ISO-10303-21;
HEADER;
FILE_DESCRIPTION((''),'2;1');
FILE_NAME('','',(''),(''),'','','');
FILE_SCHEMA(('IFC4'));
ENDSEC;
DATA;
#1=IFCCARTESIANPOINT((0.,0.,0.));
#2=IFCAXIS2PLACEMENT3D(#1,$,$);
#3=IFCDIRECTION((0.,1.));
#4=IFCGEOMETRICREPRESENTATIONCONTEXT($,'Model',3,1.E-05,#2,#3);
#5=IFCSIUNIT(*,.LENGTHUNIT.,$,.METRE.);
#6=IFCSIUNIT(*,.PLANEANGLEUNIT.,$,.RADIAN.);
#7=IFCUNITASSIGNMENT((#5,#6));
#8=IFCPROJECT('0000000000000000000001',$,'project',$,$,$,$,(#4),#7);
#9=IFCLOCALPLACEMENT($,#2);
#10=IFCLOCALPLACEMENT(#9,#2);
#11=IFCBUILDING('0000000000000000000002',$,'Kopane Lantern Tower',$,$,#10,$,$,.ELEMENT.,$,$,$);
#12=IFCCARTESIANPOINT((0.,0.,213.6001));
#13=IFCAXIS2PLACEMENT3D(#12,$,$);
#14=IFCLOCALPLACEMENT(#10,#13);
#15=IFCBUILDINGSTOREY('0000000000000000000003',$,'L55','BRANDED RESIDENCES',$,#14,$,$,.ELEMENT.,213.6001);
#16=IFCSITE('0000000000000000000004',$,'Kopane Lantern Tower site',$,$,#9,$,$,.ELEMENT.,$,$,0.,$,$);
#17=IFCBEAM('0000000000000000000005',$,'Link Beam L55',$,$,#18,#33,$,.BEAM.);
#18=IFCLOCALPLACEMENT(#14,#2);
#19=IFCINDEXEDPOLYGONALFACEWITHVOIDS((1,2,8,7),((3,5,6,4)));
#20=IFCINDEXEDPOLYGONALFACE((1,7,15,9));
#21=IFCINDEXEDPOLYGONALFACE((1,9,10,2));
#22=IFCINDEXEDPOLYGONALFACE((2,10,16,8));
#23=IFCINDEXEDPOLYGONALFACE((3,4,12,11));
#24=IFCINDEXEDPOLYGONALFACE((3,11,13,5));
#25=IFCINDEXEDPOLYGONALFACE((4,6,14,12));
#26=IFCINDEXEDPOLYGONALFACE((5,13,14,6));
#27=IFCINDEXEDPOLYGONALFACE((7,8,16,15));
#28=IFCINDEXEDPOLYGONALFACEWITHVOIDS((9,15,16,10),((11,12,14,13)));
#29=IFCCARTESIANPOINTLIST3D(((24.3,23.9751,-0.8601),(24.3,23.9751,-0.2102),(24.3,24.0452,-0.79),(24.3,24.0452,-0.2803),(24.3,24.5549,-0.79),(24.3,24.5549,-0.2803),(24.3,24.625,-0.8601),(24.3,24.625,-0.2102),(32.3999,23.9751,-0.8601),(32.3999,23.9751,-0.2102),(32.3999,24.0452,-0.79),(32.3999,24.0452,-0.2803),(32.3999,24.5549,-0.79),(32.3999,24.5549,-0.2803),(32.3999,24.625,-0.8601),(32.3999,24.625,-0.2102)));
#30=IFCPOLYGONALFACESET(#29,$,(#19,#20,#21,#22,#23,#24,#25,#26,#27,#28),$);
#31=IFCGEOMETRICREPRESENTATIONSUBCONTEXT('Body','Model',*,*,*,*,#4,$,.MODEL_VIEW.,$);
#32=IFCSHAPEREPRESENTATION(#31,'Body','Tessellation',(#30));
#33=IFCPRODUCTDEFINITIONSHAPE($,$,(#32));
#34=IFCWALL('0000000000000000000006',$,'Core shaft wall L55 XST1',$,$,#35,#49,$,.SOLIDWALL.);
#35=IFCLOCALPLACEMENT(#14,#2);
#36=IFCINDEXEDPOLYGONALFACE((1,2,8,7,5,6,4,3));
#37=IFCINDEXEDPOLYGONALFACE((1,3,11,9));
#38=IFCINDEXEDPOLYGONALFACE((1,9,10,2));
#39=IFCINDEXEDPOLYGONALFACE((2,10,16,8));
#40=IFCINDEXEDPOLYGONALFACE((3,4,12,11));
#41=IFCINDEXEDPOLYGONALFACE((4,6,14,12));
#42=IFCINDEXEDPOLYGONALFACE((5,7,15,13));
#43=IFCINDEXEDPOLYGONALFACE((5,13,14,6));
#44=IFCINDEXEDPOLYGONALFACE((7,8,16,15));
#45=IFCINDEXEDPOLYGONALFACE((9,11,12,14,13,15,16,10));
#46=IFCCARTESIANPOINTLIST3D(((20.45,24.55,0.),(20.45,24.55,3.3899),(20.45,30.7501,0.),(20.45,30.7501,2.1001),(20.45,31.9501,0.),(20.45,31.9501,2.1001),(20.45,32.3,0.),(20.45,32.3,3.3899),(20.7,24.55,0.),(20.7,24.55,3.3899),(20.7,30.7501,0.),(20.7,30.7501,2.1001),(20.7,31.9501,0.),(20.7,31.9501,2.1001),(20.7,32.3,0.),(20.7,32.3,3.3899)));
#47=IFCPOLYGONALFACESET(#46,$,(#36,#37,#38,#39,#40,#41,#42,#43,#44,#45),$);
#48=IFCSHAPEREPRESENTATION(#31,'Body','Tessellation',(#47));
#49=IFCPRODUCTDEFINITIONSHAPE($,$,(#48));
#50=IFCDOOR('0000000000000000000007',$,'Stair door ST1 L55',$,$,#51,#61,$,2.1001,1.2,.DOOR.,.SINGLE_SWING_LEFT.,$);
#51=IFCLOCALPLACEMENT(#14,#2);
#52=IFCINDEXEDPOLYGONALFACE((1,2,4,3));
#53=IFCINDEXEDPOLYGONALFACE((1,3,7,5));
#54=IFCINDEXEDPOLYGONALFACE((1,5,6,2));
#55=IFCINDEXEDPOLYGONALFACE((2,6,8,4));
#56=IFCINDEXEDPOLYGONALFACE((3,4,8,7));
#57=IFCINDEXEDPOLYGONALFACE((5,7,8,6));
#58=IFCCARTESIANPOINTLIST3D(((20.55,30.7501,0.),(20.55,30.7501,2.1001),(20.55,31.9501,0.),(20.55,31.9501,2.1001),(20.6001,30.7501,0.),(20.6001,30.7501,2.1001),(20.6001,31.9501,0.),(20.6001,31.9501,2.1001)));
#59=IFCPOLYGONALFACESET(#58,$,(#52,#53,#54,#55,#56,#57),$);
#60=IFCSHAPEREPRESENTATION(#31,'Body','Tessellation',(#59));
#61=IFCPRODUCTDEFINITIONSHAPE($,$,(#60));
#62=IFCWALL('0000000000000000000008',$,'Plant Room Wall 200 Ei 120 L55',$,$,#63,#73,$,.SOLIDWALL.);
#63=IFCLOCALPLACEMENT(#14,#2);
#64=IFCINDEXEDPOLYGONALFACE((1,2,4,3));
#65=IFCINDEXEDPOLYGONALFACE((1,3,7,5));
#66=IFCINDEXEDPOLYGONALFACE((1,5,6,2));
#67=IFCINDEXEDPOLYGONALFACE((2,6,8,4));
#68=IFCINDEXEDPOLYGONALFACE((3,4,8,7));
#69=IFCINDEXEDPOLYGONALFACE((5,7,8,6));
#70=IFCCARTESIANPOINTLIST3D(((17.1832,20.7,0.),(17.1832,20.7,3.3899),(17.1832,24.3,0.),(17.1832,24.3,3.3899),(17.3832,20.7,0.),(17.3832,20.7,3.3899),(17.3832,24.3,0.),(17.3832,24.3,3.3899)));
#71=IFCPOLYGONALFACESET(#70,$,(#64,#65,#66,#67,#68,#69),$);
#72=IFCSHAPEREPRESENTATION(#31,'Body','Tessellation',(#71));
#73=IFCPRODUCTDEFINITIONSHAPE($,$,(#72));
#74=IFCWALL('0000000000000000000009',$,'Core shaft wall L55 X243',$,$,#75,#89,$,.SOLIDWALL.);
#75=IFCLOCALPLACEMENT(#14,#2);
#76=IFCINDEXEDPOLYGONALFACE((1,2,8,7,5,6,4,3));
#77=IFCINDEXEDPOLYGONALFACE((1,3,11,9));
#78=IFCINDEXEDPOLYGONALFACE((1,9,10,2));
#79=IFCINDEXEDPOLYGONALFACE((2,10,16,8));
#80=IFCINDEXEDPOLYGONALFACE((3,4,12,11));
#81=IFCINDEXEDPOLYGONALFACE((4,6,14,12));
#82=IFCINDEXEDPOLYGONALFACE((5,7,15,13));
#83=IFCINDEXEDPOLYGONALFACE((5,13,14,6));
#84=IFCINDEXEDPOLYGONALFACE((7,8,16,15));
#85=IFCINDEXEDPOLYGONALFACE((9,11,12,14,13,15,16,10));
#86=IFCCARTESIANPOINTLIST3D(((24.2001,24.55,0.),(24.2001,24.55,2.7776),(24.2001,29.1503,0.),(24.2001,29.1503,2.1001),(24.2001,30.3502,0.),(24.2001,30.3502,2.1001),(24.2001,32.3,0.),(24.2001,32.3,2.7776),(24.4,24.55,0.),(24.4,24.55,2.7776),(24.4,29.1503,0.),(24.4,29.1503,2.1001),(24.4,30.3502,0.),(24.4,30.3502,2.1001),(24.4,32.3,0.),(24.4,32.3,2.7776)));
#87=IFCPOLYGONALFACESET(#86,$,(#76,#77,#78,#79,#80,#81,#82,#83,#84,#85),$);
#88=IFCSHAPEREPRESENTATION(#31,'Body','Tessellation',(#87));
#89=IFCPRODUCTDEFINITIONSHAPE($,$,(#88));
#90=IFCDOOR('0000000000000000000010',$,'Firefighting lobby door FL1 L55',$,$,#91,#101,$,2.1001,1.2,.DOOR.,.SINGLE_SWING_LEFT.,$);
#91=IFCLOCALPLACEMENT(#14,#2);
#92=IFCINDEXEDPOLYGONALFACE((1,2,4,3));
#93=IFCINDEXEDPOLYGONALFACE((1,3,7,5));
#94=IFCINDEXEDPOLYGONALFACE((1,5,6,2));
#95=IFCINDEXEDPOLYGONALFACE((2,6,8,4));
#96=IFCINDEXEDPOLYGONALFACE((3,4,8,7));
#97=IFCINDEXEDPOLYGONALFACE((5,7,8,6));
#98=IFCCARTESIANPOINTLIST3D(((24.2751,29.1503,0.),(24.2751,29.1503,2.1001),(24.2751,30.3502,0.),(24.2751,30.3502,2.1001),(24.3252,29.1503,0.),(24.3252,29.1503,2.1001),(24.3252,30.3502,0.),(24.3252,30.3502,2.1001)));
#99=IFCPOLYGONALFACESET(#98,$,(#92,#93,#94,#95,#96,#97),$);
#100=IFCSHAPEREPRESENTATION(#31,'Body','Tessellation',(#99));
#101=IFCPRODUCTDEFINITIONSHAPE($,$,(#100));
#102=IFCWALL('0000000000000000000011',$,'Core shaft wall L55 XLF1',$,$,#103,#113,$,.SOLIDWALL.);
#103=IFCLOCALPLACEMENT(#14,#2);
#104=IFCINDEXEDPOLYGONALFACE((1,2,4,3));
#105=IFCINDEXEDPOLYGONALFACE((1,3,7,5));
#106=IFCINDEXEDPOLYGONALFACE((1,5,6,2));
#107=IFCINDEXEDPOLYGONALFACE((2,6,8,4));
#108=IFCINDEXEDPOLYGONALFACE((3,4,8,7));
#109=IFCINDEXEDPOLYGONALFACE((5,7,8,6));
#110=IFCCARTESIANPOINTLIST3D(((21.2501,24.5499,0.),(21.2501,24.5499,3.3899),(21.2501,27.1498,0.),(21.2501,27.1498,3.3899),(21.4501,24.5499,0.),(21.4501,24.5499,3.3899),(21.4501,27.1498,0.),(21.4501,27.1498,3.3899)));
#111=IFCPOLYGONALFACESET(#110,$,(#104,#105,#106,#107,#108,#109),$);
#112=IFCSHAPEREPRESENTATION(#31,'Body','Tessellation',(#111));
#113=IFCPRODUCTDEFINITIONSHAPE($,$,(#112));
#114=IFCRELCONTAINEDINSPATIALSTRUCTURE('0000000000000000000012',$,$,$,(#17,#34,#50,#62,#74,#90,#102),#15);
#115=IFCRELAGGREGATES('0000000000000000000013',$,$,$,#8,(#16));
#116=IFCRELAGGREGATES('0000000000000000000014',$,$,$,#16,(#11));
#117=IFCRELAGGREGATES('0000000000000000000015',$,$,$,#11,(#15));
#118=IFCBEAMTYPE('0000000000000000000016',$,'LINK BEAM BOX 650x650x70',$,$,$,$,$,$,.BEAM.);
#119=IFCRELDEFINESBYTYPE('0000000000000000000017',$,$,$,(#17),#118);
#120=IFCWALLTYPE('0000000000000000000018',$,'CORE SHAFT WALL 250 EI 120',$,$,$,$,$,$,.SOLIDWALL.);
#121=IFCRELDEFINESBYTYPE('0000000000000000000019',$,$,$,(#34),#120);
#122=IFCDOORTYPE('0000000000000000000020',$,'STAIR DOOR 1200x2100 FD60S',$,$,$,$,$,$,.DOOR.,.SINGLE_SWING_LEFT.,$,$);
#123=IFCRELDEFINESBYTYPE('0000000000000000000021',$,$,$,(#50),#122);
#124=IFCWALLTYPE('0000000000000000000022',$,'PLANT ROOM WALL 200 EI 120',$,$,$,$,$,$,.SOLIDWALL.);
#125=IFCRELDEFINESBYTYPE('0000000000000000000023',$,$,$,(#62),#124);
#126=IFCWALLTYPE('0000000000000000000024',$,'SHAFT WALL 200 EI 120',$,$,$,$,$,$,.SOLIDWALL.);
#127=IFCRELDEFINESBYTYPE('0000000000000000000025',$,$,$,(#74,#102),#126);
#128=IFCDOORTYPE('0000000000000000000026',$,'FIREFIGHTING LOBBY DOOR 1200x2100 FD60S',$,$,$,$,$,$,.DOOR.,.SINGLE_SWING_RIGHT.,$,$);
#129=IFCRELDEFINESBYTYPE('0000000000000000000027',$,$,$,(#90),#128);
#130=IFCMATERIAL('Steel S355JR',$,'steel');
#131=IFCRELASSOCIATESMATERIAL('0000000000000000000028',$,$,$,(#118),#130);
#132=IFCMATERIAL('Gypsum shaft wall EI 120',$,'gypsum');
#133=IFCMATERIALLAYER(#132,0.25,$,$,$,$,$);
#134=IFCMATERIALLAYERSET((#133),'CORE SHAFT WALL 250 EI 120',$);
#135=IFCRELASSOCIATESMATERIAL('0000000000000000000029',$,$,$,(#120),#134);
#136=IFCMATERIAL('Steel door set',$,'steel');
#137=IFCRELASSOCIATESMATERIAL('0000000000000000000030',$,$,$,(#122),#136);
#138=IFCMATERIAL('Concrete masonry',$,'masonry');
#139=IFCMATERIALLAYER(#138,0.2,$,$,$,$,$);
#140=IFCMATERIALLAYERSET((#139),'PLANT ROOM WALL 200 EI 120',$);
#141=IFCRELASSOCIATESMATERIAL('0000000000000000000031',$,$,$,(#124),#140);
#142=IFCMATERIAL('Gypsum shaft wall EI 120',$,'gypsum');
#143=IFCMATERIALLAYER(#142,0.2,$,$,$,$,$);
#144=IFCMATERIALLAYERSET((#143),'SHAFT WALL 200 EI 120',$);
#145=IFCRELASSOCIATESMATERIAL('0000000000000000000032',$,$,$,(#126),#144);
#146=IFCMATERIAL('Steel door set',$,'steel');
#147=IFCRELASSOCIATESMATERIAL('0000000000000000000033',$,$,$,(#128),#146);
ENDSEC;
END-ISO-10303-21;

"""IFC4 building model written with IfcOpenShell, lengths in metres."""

from ifc_helpers import new_model, si_unit, direction, frame, frame_2d, origin, origin_2d, place, context, subcontext, project, spatial, rectangle, hollow_rectangle, extrude, material, layer, layer_set, material_profile, profile_set, type_object, element, fill, save


model = new_model("IFC4")

# Units and contexts
model_context = context("Model", 3, precision=1e-05, world=origin(), true_north=direction((0.0, 1.0)))
body_context = subcontext(model_context, "Body", "Model", "MODEL_VIEW")
ifc_project = project(units=[si_unit("LENGTHUNIT", "METRE"), si_unit("PLANEANGLEUNIT", "RADIAN")], contexts=[model_context])

# Site, building, storey
site_placement = place(None, origin())
site = spatial("IfcSite", under=ifc_project, at=site_placement, Name="Kopane Lantern Tower site", CompositionType="ELEMENT", RefElevation=0.0)
building_placement = place(site_placement, origin())
building = spatial("IfcBuilding", under=site, at=building_placement, Name="Kopane Lantern Tower", CompositionType="ELEMENT")
storey_placement = place(building_placement, frame((0.0, 0.0, 213.6001)))
storey = spatial("IfcBuildingStorey", under=building, at=storey_placement, Name="L55", Description="BRANDED RESIDENCES", CompositionType="ELEMENT", Elevation=213.6001)

# Beam
ifc_material_1 = material(Name="Steel S355JR", Category="steel")
ifc_material_profile_1 = material_profile(ifc_material_1, hollow_rectangle(XDim=0.6499, YDim=0.6499, WallThickness=0.0701, at=origin_2d()), Name="BOX 650x650x70")
ifc_profile_set_1 = profile_set([ifc_material_profile_1], Name="Steel S355JR")
beam_type_1 = type_object("IfcBeamType", Name="LINK BEAM BOX 650x650x70", PredefinedType="BEAM", material=ifc_profile_set_1)
beam_1_placement = place(storey_placement, frame((24.3, 24.3, -0.5352), z_axis=(1.0, 0.0, 0.0), x_axis=(0.0, 1.0, 0.0)))
element("IfcBeam", 1, at=beam_1_placement, inside=storey, type_object=beam_type_1, Name="Link Beam L55", PredefinedType="BEAM", context=body_context, shape_type="SweptSolid", body=[
    extrude(hollow_rectangle(XDim=0.6499, YDim=0.6499, WallThickness=0.0701, at=origin_2d()), origin(), (0.0, 0.0, 1.0), 8.0999),
])

# Wall, opening, door
ifc_material_2 = material(Name="Gypsum shaft wall EI 120", Category="gypsum")
ifc_layer_1 = layer(ifc_material_2, 0.25)
ifc_layer_set_1 = layer_set([ifc_layer_1], Name="CORE SHAFT WALL 250 EI 120")
wall_type_1 = type_object("IfcWallType", Name="CORE SHAFT WALL 250 EI 120", PredefinedType="SOLIDWALL", material=ifc_layer_set_1)
wall_1_placement = place(storey_placement, frame((20.575, 24.55, 0.0), z_axis=(0.0, 0.0, 1.0), x_axis=(0.0, 1.0, 0.0)))
wall_1 = element("IfcWall", 2, at=wall_1_placement, inside=storey, type_object=wall_type_1, Name="Core shaft wall L55 XST1", PredefinedType="SOLIDWALL", context=body_context, shape_type="SweptSolid", body=[
    extrude(rectangle(XDim=7.75, YDim=0.25, at=frame_2d((3.875, 0.0))), origin(), (0.0, 0.0, 1.0), 3.3899),
])
opening_1_placement = place(wall_1_placement, frame((6.2, 0.0, 0.0)))
opening_1 = element("IfcOpeningElement", 3, at=opening_1_placement, cuts=wall_1, PredefinedType="OPENING", context=body_context, shape_type="SweptSolid", body=[
    extrude(rectangle(XDim=1.2, YDim=2.1001, at=frame_2d((0.6001, 1.05))), frame((0.0, 0.135, 0.0), z_axis=(0.0, -1.0, 0.0), x_axis=(1.0, 0.0, 0.0)), (0.0, 0.0, 1.0), 0.27),
])
ifc_material_3 = material(Name="Steel door set", Category="steel")
door_type_1 = type_object("IfcDoorType", Name="STAIR DOOR 1200x2100 FD60S", OperationType="SINGLE_SWING_LEFT", PredefinedType="DOOR", material=ifc_material_3)
door_1_placement = place(opening_1_placement, origin())
door_1 = element("IfcDoor", 4, at=door_1_placement, inside=storey, type_object=door_type_1, Name="Stair door ST1 L55", OperationType="SINGLE_SWING_LEFT", OverallHeight=2.1001, OverallWidth=1.2, PredefinedType="DOOR", context=body_context, shape_type="SweptSolid", body=[
    extrude(rectangle(XDim=1.2, YDim=2.1001, at=frame_2d((0.6001, 1.05))), frame((0.0, 0.0249, 0.0), z_axis=(0.0, -1.0, 0.0), x_axis=(1.0, 0.0, 0.0)), (0.0, 0.0, 1.0), 0.05),
])
fill(opening_1, door_1)

# Wall
ifc_material_4 = material(Name="Concrete masonry", Category="masonry")
ifc_layer_2 = layer(ifc_material_4, 0.2)
ifc_layer_set_2 = layer_set([ifc_layer_2], Name="PLANT ROOM WALL 200 EI 120")
wall_type_2 = type_object("IfcWallType", Name="PLANT ROOM WALL 200 EI 120", PredefinedType="SOLIDWALL", material=ifc_layer_set_2)
wall_2_placement = place(storey_placement, frame((17.2832, 20.7, 0.0), z_axis=(0.0, 0.0, 1.0), x_axis=(0.0, 1.0, 0.0)))
element("IfcWall", 5, at=wall_2_placement, inside=storey, type_object=wall_type_2, Name="Plant Room Wall 200 Ei 120 L55", PredefinedType="SOLIDWALL", context=body_context, shape_type="SweptSolid", body=[
    extrude(rectangle(XDim=3.6001, YDim=0.2, at=frame_2d((1.8, 0.0))), origin(), (0.0, 0.0, 1.0), 3.3899),
])

# Wall, opening, door
ifc_material_5 = material(Name="Gypsum shaft wall EI 120", Category="gypsum")
ifc_layer_3 = layer(ifc_material_5, 0.2)
ifc_layer_set_3 = layer_set([ifc_layer_3], Name="SHAFT WALL 200 EI 120")
wall_type_3 = type_object("IfcWallType", Name="SHAFT WALL 200 EI 120", PredefinedType="SOLIDWALL", material=ifc_layer_set_3)
wall_3_placement = place(storey_placement, frame((24.3, 24.55, 0.0), z_axis=(0.0, 0.0, 1.0), x_axis=(0.0, 1.0, 0.0)))
wall_3 = element("IfcWall", 6, at=wall_3_placement, inside=storey, type_object=wall_type_3, Name="Core shaft wall L55 X243", PredefinedType="SOLIDWALL", context=body_context, shape_type="SweptSolid", body=[
    extrude(rectangle(XDim=7.75, YDim=0.2, at=frame_2d((3.875, 0.0))), origin(), (0.0, 0.0, 1.0), 2.7776),
])
opening_2_placement = place(wall_3_placement, frame((4.6001, 0.0, 0.0)))
opening_2 = element("IfcOpeningElement", 7, at=opening_2_placement, cuts=wall_3, PredefinedType="OPENING", context=body_context, shape_type="SweptSolid", body=[
    extrude(rectangle(XDim=1.2, YDim=2.1001, at=frame_2d((0.6001, 1.05))), frame((0.0, 0.1099, 0.0), z_axis=(0.0, -1.0, 0.0), x_axis=(1.0, 0.0, 0.0)), (0.0, 0.0, 1.0), 0.22),
])
ifc_material_6 = material(Name="Steel door set", Category="steel")
door_type_2 = type_object("IfcDoorType", Name="FIREFIGHTING LOBBY DOOR 1200x2100 FD60S", OperationType="SINGLE_SWING_RIGHT", PredefinedType="DOOR", material=ifc_material_6)
door_2_placement = place(opening_2_placement, origin())
door_2 = element("IfcDoor", 8, at=door_2_placement, inside=storey, type_object=door_type_2, Name="Firefighting lobby door FL1 L55", OperationType="SINGLE_SWING_LEFT", OverallHeight=2.1001, OverallWidth=1.2, PredefinedType="DOOR", context=body_context, shape_type="SweptSolid", body=[
    extrude(rectangle(XDim=1.2, YDim=2.1001, at=frame_2d((0.6001, 1.05))), frame((0.0, 0.0249, 0.0), z_axis=(0.0, -1.0, 0.0), x_axis=(1.0, 0.0, 0.0)), (0.0, 0.0, 1.0), 0.05),
])
fill(opening_2, door_2)

# Wall
wall_4_placement = place(storey_placement, frame((21.3501, 24.55, 0.0), z_axis=(0.0, 0.0, 1.0), x_axis=(0.0, 1.0, 0.0)))
element("IfcWall", 9, at=wall_4_placement, inside=storey, type_object=wall_type_3, Name="Core shaft wall L55 XLF1", PredefinedType="SOLIDWALL", context=body_context, shape_type="SweptSolid", body=[
    extrude(rectangle(XDim=2.5999, YDim=0.2, at=frame_2d((1.2998, 0.0))), origin(), (0.0, 0.0, 1.0), 3.3899),
])

save(model, "model.ifc")
